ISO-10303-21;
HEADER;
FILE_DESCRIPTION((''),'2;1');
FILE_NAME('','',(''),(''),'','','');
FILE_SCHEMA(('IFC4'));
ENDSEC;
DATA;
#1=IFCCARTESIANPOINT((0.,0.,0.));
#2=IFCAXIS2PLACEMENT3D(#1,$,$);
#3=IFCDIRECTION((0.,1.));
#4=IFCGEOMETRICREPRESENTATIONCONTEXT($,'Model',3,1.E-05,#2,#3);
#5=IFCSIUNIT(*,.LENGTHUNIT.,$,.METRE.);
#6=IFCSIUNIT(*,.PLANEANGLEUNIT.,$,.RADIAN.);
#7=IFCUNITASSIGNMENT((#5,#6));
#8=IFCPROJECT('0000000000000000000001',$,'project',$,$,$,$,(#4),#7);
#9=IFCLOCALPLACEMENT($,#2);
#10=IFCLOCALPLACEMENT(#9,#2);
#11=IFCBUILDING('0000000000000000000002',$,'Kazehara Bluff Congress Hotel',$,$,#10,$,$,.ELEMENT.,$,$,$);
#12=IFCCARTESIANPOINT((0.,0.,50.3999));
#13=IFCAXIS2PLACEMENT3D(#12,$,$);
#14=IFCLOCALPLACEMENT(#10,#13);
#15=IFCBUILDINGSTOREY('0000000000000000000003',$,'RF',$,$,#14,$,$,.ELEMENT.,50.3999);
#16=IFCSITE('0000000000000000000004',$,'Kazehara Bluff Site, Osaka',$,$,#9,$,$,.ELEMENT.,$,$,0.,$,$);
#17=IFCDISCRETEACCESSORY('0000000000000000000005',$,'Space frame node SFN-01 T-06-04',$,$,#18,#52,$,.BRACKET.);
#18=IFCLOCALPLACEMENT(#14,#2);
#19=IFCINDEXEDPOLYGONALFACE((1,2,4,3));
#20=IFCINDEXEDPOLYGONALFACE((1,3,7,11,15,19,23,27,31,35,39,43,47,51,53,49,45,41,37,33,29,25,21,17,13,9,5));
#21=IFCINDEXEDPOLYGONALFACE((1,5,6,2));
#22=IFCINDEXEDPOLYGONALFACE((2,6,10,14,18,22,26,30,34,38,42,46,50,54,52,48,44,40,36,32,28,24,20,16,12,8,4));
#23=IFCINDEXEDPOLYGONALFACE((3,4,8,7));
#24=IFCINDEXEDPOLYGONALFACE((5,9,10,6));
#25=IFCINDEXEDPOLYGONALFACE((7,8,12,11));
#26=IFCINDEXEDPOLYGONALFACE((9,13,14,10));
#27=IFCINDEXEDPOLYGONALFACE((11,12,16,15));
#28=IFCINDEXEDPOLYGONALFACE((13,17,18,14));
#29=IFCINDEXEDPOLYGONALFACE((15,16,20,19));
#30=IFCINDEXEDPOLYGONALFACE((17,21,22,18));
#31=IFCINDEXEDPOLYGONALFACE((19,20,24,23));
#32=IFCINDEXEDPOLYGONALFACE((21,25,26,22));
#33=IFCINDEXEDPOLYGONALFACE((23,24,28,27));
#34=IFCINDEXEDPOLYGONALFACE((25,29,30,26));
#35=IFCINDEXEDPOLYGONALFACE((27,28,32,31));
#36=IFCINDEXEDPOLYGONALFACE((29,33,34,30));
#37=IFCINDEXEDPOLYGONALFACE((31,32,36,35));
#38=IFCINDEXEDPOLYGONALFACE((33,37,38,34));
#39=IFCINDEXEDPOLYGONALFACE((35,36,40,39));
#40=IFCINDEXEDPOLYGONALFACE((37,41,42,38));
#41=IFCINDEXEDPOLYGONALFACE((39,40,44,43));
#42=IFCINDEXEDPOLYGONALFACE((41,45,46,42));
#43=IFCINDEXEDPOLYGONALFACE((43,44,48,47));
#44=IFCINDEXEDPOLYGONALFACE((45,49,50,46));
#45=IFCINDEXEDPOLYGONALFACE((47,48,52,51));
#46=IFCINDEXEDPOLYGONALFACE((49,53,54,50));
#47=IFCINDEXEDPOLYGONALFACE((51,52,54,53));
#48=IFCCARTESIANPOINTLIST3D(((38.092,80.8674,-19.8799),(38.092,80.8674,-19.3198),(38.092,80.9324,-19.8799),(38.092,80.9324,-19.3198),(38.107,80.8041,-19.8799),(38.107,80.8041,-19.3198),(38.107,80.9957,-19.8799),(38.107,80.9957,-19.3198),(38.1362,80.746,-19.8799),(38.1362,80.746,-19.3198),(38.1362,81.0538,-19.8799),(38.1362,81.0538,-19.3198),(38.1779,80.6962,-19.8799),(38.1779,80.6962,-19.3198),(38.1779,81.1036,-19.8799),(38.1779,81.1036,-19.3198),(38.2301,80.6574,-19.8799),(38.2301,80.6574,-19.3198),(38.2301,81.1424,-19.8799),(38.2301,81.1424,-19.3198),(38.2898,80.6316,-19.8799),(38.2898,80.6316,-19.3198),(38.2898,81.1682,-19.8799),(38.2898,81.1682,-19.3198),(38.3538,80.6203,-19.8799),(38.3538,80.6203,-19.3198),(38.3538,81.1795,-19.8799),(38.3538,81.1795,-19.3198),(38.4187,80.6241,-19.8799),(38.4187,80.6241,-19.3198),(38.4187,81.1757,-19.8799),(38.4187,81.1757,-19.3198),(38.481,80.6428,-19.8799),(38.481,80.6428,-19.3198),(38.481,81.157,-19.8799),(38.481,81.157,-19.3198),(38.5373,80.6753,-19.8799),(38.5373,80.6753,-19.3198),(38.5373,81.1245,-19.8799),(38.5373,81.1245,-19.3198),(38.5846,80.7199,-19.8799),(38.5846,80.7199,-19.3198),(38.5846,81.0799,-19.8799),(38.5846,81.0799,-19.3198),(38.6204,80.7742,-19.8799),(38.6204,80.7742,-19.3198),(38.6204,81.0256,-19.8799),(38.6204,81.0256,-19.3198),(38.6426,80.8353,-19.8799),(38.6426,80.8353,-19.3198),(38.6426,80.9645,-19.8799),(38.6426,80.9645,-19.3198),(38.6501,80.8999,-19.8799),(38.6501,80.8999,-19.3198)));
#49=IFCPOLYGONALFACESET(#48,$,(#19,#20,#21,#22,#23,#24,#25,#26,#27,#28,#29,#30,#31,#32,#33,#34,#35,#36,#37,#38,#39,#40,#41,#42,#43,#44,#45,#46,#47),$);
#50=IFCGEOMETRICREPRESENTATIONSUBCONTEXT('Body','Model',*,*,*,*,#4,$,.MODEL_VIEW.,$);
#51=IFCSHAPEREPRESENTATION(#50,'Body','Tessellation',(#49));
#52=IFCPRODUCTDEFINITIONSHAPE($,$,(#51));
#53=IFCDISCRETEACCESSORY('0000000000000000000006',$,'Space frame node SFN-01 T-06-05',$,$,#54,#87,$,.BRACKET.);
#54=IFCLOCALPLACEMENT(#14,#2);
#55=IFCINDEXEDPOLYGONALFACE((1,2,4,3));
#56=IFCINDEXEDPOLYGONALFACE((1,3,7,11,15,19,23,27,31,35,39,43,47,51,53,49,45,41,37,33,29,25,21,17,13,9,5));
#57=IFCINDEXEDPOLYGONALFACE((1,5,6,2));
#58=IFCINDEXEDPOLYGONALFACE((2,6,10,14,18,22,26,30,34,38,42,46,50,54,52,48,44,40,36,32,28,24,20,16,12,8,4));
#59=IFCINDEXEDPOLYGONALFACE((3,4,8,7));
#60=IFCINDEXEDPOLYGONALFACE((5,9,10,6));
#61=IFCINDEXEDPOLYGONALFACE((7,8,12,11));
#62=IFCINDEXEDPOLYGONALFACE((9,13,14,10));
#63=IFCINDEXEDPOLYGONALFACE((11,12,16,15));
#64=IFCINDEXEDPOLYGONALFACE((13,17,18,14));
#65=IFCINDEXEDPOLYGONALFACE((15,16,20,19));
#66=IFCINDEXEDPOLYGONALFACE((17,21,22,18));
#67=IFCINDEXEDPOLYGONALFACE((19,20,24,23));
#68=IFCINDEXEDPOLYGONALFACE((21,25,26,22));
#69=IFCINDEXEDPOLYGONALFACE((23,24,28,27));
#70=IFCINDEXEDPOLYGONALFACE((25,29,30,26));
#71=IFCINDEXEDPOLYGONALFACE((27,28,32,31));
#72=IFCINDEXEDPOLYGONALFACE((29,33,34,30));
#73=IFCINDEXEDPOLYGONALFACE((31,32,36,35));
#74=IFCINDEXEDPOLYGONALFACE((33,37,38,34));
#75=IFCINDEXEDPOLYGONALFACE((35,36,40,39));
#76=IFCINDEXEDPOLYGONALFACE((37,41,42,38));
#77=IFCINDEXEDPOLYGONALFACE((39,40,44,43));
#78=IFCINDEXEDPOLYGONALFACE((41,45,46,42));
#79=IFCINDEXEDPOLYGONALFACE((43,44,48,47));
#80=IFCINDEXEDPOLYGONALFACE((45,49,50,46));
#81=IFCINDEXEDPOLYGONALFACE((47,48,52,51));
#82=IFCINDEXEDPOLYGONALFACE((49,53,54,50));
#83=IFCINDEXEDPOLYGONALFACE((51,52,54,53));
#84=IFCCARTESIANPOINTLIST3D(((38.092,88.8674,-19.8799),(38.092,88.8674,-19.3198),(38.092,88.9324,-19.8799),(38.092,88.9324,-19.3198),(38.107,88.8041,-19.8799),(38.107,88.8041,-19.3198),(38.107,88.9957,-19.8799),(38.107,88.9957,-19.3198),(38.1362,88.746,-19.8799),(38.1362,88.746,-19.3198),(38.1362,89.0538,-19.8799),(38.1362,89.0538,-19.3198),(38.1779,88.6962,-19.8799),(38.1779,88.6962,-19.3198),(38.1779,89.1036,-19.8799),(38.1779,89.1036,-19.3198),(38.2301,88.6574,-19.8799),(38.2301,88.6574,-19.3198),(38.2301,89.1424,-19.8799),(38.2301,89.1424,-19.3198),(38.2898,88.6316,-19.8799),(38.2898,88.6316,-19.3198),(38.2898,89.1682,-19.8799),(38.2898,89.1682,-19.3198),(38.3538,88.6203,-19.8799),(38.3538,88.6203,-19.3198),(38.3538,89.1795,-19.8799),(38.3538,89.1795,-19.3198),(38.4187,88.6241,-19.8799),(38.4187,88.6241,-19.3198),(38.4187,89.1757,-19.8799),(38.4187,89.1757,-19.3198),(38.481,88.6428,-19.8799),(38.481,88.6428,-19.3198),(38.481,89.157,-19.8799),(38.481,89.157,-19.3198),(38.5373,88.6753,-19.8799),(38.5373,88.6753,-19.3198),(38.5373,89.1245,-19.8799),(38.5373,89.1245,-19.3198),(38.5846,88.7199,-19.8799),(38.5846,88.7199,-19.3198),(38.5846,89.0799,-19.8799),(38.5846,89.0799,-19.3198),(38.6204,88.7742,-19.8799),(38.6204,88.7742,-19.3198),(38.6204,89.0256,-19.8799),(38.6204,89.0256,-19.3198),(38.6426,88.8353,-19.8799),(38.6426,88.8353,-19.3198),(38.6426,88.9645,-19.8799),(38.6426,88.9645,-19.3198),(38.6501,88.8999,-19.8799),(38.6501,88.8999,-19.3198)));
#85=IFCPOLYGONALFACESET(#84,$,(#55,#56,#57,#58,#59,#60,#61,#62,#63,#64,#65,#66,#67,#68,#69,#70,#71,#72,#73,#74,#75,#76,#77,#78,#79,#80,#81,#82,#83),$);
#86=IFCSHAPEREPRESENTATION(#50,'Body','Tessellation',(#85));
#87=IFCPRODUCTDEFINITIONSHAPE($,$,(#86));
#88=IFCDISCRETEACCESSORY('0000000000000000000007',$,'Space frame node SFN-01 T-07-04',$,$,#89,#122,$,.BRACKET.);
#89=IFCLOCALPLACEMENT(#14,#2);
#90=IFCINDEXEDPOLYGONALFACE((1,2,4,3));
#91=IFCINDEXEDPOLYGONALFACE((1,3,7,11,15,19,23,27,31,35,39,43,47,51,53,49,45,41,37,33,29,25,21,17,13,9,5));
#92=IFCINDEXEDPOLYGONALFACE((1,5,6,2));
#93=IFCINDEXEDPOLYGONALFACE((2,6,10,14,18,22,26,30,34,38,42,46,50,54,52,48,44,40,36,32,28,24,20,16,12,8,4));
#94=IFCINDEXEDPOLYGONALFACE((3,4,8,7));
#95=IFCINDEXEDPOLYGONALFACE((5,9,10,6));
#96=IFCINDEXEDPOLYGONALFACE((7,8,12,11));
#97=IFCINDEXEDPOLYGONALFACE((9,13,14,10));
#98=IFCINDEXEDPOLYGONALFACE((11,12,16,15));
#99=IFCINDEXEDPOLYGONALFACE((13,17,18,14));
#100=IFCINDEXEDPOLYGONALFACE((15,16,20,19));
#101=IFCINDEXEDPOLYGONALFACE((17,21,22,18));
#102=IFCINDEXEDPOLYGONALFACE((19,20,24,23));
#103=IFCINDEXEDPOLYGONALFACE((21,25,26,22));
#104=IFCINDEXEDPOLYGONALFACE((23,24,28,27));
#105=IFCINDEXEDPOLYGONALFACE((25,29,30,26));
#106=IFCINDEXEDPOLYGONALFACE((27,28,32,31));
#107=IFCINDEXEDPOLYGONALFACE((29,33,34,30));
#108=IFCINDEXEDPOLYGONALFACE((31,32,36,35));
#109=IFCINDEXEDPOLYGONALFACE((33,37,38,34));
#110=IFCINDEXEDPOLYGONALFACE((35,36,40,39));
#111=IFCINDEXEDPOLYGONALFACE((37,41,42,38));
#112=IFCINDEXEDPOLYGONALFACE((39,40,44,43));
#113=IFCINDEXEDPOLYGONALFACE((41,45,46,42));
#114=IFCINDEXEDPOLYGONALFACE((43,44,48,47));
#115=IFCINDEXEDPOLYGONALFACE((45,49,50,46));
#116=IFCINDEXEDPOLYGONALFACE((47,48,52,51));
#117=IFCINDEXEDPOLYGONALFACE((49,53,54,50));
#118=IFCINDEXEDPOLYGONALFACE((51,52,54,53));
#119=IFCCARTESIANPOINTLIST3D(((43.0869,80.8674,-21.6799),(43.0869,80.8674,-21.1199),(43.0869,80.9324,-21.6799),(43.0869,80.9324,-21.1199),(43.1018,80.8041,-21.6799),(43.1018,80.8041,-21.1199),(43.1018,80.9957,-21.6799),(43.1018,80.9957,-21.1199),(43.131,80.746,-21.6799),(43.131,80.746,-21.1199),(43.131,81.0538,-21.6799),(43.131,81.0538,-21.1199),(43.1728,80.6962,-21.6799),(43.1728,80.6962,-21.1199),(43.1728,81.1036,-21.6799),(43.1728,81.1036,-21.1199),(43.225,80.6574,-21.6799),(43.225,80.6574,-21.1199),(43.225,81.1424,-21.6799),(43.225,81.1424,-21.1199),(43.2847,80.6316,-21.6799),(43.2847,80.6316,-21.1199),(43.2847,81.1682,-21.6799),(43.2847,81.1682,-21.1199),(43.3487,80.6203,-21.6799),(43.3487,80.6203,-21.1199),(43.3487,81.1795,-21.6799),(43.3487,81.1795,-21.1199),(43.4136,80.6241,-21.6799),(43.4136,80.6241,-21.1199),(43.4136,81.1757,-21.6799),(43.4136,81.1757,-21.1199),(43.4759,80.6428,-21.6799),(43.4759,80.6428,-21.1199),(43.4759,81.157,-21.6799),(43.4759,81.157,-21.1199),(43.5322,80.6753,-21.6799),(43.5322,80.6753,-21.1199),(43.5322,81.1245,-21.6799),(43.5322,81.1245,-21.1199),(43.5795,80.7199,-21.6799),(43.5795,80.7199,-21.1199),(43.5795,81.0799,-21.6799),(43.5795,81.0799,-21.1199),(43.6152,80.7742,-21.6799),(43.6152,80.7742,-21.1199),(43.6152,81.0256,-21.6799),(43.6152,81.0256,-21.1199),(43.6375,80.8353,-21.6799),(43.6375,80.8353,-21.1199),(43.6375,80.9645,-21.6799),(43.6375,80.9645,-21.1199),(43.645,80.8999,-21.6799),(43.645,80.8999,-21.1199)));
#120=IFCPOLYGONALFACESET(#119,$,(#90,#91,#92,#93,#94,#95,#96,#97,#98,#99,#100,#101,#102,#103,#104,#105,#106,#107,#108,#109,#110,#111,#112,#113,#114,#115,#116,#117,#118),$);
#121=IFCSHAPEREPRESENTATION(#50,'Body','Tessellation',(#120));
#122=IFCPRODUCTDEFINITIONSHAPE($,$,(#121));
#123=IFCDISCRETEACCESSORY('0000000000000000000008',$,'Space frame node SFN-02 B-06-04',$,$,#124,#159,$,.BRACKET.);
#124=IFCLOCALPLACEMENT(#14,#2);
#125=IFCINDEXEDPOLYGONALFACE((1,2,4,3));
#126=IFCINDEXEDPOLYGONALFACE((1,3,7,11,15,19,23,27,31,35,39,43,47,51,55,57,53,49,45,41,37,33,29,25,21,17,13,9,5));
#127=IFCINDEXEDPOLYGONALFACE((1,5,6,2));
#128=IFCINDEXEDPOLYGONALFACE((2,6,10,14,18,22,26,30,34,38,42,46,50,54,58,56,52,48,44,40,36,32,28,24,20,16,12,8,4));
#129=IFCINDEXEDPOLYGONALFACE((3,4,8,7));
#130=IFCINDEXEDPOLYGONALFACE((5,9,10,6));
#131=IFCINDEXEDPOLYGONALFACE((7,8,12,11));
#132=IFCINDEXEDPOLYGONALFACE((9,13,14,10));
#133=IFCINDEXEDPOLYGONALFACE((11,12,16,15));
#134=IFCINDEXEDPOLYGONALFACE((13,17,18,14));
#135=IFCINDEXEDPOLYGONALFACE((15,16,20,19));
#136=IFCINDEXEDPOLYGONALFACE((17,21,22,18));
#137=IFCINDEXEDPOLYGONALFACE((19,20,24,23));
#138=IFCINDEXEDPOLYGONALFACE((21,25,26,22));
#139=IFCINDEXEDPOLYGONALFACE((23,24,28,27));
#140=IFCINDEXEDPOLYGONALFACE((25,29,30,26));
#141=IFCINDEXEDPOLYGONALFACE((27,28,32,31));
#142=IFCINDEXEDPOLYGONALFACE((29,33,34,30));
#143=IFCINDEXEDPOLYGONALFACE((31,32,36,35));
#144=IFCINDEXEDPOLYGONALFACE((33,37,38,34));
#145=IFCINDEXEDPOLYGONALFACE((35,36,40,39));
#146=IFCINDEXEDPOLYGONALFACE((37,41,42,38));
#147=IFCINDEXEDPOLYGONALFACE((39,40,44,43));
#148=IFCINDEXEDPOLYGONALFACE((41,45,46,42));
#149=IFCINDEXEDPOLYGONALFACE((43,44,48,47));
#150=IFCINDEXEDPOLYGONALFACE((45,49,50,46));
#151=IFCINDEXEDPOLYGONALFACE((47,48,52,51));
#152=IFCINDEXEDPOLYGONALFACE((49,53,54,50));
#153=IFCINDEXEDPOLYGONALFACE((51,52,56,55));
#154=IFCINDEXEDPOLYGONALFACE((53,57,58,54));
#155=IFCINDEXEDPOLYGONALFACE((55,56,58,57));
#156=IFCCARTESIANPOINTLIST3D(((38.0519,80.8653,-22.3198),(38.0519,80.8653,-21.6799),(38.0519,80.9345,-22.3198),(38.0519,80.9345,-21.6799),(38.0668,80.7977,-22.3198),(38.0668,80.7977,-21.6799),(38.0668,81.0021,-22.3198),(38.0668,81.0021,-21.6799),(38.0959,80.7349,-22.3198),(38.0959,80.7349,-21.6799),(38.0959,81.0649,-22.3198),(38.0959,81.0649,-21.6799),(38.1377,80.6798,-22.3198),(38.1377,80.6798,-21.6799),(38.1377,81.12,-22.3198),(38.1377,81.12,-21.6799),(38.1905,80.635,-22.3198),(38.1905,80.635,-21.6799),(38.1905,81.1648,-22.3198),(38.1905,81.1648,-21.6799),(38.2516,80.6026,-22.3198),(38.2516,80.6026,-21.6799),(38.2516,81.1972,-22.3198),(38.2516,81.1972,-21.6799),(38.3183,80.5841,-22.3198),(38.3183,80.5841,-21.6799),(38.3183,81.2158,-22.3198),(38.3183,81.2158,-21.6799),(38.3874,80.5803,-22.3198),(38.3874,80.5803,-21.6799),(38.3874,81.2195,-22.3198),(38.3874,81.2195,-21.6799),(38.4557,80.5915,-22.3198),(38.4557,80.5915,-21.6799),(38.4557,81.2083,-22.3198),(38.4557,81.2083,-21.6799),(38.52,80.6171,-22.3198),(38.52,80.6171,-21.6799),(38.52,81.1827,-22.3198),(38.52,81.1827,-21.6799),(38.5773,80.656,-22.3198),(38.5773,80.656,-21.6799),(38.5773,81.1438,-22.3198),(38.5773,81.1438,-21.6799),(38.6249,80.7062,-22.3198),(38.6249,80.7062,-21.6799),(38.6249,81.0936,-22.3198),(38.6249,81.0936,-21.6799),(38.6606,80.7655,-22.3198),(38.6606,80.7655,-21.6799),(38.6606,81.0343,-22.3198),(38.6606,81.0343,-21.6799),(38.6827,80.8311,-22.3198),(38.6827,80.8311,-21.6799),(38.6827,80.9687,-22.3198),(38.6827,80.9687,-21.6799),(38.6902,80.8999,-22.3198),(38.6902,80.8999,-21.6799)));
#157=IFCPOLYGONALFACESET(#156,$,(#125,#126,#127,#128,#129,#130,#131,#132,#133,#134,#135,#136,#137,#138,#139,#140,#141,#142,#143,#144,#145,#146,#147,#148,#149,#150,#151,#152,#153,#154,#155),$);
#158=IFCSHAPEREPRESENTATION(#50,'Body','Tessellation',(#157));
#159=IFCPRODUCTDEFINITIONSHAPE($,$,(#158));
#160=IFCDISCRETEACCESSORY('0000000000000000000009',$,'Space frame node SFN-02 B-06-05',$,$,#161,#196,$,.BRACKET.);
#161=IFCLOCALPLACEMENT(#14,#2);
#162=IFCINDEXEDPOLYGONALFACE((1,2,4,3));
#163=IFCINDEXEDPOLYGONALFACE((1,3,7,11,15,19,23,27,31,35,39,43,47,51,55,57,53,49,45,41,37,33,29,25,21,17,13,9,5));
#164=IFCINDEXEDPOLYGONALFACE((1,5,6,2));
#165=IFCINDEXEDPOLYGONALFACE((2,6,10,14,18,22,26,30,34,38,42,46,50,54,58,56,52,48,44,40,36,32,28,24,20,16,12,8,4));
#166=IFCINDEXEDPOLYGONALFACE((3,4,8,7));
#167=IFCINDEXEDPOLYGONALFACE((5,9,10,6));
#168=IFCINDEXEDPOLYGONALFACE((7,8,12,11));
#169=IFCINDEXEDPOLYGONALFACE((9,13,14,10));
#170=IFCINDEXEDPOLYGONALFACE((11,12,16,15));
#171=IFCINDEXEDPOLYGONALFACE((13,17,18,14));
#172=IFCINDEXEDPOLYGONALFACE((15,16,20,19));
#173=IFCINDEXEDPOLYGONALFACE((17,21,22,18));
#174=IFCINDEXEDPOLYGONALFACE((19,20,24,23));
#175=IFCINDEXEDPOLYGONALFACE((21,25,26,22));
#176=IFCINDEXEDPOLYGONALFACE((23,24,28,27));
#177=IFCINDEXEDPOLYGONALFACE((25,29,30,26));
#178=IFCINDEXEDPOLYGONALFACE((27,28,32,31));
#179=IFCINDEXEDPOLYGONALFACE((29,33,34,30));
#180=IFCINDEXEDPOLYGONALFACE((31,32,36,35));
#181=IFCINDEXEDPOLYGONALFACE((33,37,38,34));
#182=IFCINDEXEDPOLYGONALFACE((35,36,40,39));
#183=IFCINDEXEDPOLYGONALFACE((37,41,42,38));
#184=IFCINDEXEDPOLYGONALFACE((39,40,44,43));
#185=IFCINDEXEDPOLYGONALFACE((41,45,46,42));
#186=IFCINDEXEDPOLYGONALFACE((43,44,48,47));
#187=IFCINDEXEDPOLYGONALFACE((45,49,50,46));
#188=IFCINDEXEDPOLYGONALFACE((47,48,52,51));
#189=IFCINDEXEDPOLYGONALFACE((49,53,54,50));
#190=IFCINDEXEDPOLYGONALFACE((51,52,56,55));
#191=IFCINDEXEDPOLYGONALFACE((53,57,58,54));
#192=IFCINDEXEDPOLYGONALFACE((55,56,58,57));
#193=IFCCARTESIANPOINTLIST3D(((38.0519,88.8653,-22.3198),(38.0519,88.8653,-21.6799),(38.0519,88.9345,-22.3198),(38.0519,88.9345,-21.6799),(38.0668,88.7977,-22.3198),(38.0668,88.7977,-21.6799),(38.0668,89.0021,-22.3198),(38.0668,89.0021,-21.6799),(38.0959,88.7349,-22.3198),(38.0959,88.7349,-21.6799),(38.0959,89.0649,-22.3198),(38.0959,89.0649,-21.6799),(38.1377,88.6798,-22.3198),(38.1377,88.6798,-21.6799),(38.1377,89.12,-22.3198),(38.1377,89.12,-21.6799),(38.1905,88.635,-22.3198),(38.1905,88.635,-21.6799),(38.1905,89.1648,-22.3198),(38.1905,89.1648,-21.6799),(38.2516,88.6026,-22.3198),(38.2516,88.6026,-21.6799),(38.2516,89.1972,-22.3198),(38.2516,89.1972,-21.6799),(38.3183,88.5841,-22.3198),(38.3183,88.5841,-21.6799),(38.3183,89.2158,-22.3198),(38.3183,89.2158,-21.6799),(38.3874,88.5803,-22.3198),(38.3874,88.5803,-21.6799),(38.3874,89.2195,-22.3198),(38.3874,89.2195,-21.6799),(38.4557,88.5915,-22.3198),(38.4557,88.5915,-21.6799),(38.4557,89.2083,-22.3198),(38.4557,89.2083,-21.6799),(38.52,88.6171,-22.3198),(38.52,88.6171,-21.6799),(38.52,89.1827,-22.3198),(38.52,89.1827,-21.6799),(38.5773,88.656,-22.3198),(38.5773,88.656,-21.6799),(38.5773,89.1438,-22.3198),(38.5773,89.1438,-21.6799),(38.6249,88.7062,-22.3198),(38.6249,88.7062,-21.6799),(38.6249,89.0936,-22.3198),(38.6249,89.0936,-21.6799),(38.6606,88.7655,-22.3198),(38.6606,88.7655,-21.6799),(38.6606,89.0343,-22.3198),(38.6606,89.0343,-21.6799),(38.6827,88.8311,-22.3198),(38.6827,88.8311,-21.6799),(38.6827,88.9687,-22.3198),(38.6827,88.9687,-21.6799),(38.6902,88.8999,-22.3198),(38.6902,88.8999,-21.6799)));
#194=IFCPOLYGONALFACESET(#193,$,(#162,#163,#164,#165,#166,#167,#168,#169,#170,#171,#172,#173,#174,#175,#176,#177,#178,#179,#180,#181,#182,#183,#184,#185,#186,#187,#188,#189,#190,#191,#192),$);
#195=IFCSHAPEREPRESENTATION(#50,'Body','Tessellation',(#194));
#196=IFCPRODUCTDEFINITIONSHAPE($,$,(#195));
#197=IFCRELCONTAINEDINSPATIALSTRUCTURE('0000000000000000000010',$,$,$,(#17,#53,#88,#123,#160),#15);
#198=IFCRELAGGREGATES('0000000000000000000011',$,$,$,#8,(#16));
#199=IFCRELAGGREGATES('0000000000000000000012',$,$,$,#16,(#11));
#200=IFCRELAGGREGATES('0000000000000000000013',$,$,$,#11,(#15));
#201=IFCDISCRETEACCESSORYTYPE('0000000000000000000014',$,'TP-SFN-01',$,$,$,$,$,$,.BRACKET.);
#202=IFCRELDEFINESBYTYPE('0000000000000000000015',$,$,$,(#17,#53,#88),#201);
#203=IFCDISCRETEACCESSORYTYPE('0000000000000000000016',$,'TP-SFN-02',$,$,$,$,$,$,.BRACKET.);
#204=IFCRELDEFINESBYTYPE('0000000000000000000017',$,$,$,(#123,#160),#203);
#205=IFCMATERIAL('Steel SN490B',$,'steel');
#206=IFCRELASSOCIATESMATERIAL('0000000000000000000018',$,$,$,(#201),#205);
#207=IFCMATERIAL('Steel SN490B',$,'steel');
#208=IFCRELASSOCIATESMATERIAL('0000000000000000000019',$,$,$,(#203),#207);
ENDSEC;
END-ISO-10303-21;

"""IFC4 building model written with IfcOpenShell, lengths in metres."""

from ifc_helpers import new_model, si_unit, direction, frame, origin, origin_2d, place, context, subcontext, project, spatial, circle, extrude, material, material_profile, profile_set, type_object, element, save


model = new_model("IFC4")

# Units and contexts
model_context = context("Model", 3, precision=1e-05, world=origin(), true_north=direction((0.0, 1.0)))
body_context = subcontext(model_context, "Body", "Model", "MODEL_VIEW")
ifc_project = project(units=[si_unit("LENGTHUNIT", "METRE"), si_unit("PLANEANGLEUNIT", "RADIAN")], contexts=[model_context])

# Site, building, storey
site_placement = place(None, origin())
site = spatial("IfcSite", under=ifc_project, at=site_placement, Name="Kazehara Bluff Site, Osaka", CompositionType="ELEMENT", RefElevation=0.0)
building_placement = place(site_placement, origin())
building = spatial("IfcBuilding", under=site, at=building_placement, Name="Kazehara Bluff Congress Hotel", CompositionType="ELEMENT")
storey_placement = place(building_placement, frame((0.0, 0.0, 50.3999)))
storey = spatial("IfcBuildingStorey", under=building, at=storey_placement, Name="RF", CompositionType="ELEMENT", Elevation=50.3999)

# Discrete accessories
ifc_material_1 = material(Name="Steel SN490B", Category="steel")
ifc_material_profile_1 = material_profile(ifc_material_1, circle(Radius=0.28, at=origin_2d()))
ifc_profile_set_1 = profile_set([ifc_material_profile_1], Name="Steel SN490B")
discrete_accessory_type_1 = type_object("IfcDiscreteAccessoryType", Name="TP-SFN-01", PredefinedType="BRACKET", material=ifc_profile_set_1)
for number, where, z_axis, x_axis, name in (
    (1, (38.3701, 80.8999, -19.8799), (0.0, 0.0, 1.0), (1.0, 0.0, 0.0), "Space frame node SFN-01 T-06-04"),
    (2, (38.3701, 88.8999, -19.8799), (0.0, 0.0, 1.0), (1.0, 0.0, 0.0), "Space frame node SFN-01 T-06-05"),
    (3, (43.365, 80.8999, -21.6799), (0.0, 0.0, 1.0), (1.0, 0.0, 0.0), "Space frame node SFN-01 T-07-04"),
):
    element("IfcDiscreteAccessory", number, at=place(storey_placement, frame(where, z_axis=z_axis, x_axis=x_axis)), inside=storey, type_object=discrete_accessory_type_1, Name=name, PredefinedType="BRACKET", context=body_context, shape_type="SweptSolid", body=[
        extrude(circle(Radius=0.28, at=origin_2d()), origin(), (0.0, 0.0, 1.0), 0.5601),
    ])
ifc_material_2 = material(Name="Steel SN490B", Category="steel")
ifc_material_profile_2 = material_profile(ifc_material_2, circle(Radius=0.3201, at=origin_2d()))
ifc_profile_set_2 = profile_set([ifc_material_profile_2], Name="Steel SN490B")
discrete_accessory_type_2 = type_object("IfcDiscreteAccessoryType", Name="TP-SFN-02", PredefinedType="BRACKET", material=ifc_profile_set_2)
for number, where, z_axis, x_axis, name in (
    (4, (38.3701, 80.8999, -22.3198), (0.0, 0.0, 1.0), (1.0, 0.0, 0.0), "Space frame node SFN-02 B-06-04"),
    (5, (38.3701, 88.8999, -22.3198), (0.0, 0.0, 1.0), (1.0, 0.0, 0.0), "Space frame node SFN-02 B-06-05"),
):
    element("IfcDiscreteAccessory", number, at=place(storey_placement, frame(where, z_axis=z_axis, x_axis=x_axis)), inside=storey, type_object=discrete_accessory_type_2, Name=name, PredefinedType="BRACKET", context=body_context, shape_type="SweptSolid", body=[
        extrude(circle(Radius=0.3201, at=origin_2d()), origin(), (0.0, 0.0, 1.0), 0.6399),
    ])

save(model, "model.ifc")
